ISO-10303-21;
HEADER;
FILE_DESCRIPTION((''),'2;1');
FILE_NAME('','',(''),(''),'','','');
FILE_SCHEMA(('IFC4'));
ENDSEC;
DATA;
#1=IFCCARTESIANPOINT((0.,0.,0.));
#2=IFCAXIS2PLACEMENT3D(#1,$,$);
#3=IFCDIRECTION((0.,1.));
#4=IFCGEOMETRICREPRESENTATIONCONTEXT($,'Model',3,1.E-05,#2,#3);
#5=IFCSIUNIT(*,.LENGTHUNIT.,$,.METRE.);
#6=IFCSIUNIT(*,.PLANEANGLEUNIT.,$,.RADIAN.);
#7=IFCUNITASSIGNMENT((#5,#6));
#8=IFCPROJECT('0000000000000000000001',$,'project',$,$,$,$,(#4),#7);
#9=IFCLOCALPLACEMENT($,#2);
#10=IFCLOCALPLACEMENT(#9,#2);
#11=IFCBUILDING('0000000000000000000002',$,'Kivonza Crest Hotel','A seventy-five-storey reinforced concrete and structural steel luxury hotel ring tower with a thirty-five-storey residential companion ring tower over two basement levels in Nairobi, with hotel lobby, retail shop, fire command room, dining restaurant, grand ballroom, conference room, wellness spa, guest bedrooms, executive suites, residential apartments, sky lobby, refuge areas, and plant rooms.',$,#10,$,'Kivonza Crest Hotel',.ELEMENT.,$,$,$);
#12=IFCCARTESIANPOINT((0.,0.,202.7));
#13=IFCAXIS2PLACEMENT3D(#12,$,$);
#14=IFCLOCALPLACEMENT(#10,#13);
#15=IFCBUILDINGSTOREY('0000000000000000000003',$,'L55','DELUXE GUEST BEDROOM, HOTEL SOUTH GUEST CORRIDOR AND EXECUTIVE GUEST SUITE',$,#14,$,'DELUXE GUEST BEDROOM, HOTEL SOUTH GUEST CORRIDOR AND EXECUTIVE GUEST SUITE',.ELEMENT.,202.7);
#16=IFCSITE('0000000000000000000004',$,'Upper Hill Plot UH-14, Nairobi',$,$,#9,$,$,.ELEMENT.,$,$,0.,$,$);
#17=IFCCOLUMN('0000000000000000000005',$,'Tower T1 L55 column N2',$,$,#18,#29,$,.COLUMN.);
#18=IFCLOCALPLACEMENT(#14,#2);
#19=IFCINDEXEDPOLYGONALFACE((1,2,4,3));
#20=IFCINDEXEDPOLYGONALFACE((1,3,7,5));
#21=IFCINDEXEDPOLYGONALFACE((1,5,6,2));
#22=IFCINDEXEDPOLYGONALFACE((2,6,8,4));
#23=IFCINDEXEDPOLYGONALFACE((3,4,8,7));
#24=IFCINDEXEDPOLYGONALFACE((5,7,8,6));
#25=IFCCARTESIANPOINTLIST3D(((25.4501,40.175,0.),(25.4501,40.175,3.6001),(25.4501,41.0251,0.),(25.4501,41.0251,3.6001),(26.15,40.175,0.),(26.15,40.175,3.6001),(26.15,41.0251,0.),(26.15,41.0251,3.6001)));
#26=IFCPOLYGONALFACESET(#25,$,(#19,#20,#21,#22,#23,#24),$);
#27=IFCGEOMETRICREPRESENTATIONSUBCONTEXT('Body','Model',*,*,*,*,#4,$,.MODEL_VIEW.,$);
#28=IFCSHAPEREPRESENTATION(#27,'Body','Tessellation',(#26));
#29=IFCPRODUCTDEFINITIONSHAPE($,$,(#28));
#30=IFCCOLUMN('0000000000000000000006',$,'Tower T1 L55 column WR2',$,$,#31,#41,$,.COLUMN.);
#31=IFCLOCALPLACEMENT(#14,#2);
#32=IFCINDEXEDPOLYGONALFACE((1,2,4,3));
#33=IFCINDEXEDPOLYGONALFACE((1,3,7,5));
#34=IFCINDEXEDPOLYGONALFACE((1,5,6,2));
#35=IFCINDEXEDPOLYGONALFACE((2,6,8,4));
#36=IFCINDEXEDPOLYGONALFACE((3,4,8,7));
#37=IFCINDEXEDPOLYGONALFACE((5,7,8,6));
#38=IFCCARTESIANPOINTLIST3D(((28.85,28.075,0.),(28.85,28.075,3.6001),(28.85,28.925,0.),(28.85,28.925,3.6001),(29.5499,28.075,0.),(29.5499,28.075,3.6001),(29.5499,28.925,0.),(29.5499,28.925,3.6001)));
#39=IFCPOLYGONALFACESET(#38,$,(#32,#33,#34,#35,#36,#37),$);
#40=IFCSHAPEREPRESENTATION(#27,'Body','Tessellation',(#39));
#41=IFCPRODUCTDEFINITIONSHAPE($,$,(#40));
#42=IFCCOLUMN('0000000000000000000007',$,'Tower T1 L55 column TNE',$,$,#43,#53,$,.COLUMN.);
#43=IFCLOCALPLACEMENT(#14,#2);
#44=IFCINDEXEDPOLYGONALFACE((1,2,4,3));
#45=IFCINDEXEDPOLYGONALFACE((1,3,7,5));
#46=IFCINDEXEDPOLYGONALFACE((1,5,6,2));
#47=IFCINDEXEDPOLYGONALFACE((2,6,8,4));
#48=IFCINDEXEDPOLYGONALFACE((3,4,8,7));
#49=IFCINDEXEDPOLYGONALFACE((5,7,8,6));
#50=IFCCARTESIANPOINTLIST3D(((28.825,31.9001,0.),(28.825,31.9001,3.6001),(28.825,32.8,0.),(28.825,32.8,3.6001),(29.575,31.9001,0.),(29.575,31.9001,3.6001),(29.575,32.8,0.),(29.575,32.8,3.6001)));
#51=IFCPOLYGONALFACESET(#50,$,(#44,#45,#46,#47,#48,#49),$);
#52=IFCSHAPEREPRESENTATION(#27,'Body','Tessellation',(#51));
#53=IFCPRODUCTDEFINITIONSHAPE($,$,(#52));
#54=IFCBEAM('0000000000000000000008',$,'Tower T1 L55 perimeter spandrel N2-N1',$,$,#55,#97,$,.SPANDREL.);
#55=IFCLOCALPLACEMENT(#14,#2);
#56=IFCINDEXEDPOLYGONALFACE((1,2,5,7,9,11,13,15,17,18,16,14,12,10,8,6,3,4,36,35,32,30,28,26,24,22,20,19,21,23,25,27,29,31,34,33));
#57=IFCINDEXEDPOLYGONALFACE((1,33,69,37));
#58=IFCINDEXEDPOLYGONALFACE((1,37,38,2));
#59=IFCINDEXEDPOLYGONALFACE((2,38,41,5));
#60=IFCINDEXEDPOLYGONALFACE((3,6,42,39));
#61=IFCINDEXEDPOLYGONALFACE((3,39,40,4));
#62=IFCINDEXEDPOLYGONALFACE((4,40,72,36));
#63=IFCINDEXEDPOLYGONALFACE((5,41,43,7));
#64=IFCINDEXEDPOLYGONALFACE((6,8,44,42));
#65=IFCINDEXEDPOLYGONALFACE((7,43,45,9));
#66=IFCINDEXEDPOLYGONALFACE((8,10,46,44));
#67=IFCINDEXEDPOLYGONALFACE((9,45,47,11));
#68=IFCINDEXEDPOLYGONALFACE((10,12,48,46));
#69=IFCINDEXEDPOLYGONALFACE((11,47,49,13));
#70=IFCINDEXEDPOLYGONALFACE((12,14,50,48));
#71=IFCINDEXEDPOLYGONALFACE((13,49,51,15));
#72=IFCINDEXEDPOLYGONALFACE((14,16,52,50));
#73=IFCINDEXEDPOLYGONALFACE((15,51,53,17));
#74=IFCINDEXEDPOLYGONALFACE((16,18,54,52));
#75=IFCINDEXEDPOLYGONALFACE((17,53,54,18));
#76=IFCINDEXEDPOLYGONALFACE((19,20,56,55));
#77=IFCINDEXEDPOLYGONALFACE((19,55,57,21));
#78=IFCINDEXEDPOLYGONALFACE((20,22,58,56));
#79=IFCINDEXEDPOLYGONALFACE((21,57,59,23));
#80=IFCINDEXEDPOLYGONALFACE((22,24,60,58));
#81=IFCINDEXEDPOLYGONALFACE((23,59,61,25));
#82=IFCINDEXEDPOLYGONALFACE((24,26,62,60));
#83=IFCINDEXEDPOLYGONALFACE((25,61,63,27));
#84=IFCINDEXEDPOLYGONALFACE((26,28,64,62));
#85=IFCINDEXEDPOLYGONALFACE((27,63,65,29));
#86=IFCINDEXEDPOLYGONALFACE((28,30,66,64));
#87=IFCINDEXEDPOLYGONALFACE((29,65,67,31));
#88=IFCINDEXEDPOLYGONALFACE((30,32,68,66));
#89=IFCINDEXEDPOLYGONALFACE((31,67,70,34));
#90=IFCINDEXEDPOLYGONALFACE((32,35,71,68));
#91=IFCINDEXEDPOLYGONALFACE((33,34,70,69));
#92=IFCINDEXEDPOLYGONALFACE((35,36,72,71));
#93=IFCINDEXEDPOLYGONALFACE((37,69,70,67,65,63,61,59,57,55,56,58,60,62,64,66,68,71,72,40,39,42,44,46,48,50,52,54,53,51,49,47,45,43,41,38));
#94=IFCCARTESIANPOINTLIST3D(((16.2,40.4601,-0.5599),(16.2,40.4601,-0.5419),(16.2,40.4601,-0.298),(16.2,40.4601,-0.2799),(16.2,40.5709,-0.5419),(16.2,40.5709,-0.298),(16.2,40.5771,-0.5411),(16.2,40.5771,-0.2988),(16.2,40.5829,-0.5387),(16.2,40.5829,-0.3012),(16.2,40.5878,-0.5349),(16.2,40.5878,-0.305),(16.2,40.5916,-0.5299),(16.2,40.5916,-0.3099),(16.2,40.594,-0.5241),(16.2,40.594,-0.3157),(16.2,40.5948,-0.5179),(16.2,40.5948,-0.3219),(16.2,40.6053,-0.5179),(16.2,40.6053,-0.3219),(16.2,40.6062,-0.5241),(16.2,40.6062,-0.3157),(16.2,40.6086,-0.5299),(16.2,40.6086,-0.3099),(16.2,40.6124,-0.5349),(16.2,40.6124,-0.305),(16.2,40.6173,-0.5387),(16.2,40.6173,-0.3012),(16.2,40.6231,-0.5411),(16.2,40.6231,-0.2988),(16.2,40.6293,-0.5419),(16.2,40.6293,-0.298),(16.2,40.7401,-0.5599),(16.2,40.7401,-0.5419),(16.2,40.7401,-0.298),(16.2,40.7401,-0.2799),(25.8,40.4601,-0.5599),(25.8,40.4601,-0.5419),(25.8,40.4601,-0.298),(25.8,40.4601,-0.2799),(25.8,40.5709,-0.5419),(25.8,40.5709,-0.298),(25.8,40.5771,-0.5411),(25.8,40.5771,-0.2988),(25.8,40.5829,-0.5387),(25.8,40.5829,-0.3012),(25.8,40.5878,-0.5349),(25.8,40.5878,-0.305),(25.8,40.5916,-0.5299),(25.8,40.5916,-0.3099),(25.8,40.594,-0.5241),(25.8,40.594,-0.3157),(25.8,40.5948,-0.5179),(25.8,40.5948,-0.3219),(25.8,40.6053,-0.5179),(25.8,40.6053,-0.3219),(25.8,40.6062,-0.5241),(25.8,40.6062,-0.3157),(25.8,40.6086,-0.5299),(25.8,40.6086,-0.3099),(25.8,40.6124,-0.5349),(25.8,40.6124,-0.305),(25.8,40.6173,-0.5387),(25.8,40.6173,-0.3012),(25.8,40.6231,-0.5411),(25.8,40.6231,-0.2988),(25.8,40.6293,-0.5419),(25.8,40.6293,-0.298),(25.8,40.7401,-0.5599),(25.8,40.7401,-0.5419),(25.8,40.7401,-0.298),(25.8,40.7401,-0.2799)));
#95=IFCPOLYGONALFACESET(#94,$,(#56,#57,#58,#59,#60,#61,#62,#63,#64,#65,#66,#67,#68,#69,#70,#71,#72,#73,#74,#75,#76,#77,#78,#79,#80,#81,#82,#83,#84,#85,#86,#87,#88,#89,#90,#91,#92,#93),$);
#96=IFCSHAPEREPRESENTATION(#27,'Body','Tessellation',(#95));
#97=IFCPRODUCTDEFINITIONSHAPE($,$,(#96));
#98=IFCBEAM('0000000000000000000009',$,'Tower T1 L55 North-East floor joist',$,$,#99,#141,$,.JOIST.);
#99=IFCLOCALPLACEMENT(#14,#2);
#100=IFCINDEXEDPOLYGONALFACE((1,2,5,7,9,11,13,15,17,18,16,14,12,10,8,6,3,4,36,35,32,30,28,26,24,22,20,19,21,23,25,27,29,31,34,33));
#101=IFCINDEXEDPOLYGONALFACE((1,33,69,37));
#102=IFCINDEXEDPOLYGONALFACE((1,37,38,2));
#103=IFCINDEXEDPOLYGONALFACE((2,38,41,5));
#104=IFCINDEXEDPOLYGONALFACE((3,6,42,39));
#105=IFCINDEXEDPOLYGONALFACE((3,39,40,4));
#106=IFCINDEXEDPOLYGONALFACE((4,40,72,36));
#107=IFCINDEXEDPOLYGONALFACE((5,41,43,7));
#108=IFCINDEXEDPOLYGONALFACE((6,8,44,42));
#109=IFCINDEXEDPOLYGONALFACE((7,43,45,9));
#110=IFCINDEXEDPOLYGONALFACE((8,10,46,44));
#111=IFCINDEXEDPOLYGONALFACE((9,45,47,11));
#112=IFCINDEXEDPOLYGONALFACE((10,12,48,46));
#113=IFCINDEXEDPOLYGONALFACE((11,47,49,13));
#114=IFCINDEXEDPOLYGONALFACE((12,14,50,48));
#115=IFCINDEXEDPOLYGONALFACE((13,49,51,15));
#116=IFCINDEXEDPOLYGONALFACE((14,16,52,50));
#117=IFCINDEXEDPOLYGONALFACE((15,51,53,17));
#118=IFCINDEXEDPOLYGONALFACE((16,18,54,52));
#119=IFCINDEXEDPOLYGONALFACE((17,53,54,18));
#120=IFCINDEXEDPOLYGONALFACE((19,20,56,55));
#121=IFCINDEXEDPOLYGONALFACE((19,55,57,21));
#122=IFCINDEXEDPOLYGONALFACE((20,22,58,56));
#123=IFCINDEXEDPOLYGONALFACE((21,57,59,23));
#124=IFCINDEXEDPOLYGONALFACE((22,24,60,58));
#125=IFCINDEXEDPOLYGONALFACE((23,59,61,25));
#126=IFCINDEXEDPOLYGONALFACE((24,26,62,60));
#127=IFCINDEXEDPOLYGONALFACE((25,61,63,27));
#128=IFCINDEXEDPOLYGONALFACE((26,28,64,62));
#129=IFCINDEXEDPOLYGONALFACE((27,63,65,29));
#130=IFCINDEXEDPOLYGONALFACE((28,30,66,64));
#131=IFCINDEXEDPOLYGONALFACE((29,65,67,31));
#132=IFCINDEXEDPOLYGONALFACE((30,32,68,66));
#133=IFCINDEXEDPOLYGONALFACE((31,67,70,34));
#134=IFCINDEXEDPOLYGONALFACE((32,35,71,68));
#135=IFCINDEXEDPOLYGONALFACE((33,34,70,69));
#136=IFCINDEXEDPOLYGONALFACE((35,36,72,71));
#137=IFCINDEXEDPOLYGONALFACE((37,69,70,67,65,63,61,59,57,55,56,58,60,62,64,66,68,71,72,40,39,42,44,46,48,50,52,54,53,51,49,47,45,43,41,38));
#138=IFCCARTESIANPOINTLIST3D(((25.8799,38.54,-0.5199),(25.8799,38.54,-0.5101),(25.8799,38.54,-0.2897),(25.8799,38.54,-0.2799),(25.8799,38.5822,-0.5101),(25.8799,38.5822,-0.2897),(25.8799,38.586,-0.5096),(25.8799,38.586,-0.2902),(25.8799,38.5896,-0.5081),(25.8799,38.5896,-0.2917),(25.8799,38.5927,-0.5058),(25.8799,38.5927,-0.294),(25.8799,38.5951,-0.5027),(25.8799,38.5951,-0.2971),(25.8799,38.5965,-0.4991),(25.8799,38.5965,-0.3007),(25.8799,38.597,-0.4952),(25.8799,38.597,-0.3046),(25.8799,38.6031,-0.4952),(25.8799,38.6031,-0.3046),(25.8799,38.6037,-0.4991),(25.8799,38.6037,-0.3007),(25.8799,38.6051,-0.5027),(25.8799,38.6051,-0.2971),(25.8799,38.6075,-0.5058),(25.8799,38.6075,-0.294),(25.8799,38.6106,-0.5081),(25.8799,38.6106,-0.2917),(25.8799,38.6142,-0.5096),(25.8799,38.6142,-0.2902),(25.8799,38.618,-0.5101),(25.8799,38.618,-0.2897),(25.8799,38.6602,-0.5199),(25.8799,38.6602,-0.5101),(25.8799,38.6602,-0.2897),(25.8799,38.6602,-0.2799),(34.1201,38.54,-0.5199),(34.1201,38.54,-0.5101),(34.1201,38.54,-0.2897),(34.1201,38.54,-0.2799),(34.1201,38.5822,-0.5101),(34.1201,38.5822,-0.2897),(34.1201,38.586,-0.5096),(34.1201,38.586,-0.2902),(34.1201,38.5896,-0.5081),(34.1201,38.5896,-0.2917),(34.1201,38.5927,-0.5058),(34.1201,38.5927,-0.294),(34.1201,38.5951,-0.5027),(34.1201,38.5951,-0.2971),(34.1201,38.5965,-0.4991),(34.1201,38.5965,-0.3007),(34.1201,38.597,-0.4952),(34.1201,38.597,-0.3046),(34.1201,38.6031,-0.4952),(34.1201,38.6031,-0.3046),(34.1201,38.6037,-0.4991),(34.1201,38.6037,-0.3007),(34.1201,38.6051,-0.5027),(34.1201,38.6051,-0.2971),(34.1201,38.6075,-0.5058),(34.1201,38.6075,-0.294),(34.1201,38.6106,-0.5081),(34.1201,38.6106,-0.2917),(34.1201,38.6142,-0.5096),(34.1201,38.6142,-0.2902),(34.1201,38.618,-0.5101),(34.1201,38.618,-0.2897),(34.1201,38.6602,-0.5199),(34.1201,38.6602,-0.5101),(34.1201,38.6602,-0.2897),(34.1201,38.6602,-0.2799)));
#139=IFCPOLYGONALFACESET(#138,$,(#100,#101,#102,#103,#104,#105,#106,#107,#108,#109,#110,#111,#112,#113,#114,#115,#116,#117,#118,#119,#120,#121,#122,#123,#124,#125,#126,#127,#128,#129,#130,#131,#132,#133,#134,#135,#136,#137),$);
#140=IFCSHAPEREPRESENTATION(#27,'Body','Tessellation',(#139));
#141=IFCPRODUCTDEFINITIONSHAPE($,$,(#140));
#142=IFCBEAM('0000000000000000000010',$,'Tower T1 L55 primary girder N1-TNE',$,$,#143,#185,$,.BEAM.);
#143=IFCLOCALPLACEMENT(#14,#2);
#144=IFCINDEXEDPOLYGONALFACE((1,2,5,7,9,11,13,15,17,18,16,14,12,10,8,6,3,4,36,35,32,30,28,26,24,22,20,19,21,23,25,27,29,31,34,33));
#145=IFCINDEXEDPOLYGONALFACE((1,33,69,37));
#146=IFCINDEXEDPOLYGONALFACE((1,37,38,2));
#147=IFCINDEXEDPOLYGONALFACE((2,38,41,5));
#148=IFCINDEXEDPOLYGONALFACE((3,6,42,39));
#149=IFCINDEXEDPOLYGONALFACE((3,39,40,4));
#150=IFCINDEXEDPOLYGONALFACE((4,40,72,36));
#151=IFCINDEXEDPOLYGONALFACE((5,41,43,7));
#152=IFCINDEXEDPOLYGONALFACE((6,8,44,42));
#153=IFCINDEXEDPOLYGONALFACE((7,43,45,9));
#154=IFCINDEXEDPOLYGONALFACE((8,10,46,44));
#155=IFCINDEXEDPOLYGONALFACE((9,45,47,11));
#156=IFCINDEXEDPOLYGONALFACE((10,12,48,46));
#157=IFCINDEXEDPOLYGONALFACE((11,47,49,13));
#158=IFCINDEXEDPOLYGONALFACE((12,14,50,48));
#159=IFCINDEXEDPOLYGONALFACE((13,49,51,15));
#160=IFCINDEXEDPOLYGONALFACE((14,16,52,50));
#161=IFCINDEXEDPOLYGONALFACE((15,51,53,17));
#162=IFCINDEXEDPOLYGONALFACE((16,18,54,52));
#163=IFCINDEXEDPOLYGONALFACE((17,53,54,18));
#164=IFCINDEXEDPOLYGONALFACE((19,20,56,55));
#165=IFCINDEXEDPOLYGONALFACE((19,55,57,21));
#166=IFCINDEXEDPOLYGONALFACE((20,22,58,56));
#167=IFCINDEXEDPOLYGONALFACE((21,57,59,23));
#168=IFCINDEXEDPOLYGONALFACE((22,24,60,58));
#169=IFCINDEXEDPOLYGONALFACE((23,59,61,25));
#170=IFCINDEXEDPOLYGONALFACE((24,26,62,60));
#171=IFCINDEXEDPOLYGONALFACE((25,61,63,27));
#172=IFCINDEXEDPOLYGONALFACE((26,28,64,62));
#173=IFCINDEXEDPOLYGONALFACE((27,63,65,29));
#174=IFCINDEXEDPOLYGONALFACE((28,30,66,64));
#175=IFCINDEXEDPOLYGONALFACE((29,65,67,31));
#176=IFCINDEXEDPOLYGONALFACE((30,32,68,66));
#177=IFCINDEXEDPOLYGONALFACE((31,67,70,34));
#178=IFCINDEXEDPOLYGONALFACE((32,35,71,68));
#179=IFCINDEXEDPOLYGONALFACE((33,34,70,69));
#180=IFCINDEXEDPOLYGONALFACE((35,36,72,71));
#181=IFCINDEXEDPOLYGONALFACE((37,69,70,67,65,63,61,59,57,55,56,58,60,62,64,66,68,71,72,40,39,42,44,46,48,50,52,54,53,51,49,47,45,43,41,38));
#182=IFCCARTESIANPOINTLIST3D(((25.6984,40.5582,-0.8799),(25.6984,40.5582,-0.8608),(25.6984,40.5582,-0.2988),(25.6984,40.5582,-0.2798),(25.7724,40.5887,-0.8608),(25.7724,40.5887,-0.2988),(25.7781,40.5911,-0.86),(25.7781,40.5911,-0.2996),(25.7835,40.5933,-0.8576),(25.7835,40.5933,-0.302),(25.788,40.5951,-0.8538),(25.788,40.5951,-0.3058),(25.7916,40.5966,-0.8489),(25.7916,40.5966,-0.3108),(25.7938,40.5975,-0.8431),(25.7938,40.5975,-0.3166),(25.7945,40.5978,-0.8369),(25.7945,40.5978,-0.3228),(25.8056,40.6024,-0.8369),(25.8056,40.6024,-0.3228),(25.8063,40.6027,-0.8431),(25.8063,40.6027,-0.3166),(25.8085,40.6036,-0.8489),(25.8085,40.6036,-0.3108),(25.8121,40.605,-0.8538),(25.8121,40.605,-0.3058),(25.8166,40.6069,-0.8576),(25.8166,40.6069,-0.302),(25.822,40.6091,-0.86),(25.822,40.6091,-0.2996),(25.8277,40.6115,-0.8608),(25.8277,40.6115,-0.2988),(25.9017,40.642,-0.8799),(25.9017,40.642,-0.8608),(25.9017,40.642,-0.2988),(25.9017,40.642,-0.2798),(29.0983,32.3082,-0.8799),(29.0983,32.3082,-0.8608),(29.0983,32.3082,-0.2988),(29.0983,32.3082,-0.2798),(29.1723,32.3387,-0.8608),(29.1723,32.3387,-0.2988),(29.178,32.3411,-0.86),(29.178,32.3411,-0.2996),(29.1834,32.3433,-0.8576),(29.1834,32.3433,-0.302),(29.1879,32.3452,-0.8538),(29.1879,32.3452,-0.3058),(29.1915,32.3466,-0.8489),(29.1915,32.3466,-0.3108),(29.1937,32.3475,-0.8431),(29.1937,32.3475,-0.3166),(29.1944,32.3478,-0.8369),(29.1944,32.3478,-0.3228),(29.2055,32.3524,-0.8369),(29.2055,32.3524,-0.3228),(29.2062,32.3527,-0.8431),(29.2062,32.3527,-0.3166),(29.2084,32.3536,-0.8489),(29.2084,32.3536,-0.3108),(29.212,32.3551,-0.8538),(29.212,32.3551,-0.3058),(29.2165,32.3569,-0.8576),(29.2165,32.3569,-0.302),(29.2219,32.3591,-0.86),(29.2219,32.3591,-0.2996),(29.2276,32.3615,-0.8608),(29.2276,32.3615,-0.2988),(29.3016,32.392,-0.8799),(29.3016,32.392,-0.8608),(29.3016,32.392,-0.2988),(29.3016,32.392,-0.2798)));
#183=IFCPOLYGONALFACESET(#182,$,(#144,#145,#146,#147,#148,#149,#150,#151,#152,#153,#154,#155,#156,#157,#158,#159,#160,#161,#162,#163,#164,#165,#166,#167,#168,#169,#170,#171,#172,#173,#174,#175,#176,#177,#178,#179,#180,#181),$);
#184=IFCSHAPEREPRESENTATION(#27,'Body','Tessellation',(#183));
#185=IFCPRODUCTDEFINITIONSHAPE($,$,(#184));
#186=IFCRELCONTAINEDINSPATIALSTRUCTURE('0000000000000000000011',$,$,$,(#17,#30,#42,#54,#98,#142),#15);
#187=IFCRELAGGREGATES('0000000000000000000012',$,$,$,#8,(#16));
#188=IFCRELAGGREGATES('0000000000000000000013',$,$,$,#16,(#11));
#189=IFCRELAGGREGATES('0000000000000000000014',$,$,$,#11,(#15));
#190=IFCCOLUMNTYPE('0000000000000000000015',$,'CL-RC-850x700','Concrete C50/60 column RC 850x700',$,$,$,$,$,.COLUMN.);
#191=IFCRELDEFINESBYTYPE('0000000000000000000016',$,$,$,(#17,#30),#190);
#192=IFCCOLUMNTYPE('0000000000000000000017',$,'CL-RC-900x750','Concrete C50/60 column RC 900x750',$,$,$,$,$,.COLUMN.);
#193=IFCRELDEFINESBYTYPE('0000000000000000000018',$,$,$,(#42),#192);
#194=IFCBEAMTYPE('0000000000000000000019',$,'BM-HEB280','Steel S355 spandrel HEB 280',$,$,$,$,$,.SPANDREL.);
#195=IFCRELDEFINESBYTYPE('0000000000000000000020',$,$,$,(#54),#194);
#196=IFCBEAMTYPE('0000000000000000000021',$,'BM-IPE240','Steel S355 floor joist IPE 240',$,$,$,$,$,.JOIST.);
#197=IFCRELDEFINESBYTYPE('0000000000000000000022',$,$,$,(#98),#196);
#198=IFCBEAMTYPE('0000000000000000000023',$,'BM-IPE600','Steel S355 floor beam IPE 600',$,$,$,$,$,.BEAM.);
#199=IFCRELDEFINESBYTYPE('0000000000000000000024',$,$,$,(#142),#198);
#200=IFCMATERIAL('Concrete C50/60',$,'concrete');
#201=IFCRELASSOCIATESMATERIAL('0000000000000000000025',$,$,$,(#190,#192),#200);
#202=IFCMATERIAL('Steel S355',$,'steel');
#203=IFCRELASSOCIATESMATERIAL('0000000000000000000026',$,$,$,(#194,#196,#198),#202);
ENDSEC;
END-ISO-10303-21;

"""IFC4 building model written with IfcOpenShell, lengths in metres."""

from ifc_helpers import new_model, si_unit, direction, frame, origin, origin_2d, place, context, subcontext, project, spatial, rectangle, i_section, extrude, material, material_profile, profile_set, type_object, element, save


model = new_model("IFC4")

# Units and contexts
model_context = context("Model", 3, precision=1e-05, world=origin(), true_north=direction((0.0, 1.0)))
body_context = subcontext(model_context, "Body", "Model", "MODEL_VIEW")
ifc_project = project(units=[si_unit("LENGTHUNIT", "METRE"), si_unit("PLANEANGLEUNIT", "RADIAN")], contexts=[model_context])

# Site, building, storey
site_placement = place(None, origin())
site = spatial("IfcSite", under=ifc_project, at=site_placement, Name="Upper Hill Plot UH-14, Nairobi", CompositionType="ELEMENT", RefElevation=0.0)
building_placement = place(site_placement, origin())
building = spatial("IfcBuilding", under=site, at=building_placement, Name="Kivonza Crest Hotel", Description="A seventy-five-storey reinforced concrete and structural steel luxury hotel ring tower with a thirty-five-storey residential companion ring tower over two basement levels in Nairobi, with hotel lobby, retail shop, fire command room, dining restaurant, grand ballroom, conference room, wellness spa, guest bedrooms, executive suites, residential apartments, sky lobby, refuge areas, and plant rooms.", LongName="Kivonza Crest Hotel", CompositionType="ELEMENT")
storey_placement = place(building_placement, frame((0.0, 0.0, 202.7)))
storey = spatial("IfcBuildingStorey", under=building, at=storey_placement, Name="L55", Description="DELUXE GUEST BEDROOM, HOTEL SOUTH GUEST CORRIDOR AND EXECUTIVE GUEST SUITE", LongName="DELUXE GUEST BEDROOM, HOTEL SOUTH GUEST CORRIDOR AND EXECUTIVE GUEST SUITE", CompositionType="ELEMENT", Elevation=202.7)

# Columns
ifc_material_1 = material(Name="Concrete C50/60", Category="concrete")
ifc_material_profile_1 = material_profile(ifc_material_1, rectangle(XDim=0.7, YDim=0.8501, at=origin_2d()), Name="RC 850x700")
ifc_profile_set_1 = profile_set([ifc_material_profile_1], Name="Concrete C50/60")
column_type_1 = type_object("IfcColumnType", Name="CL-RC-850x700", Description="Concrete C50/60 column RC 850x700", PredefinedType="COLUMN", material=ifc_profile_set_1)
for number, where, z_axis, x_axis, name in (
    (1, (25.8, 40.6001, 0.0), (0.0, 0.0, 1.0), (1.0, 0.0, 0.0), "Tower T1 L55 column N2"),
    (2, (29.2, 28.5, 0.0), (0.0, 0.0, 1.0), (1.0, 0.0, 0.0), "Tower T1 L55 column WR2"),
):
    element("IfcColumn", number, at=place(storey_placement, frame(where, z_axis=z_axis, x_axis=x_axis)), inside=storey, type_object=column_type_1, Name=name, PredefinedType="COLUMN", context=body_context, shape_type="SweptSolid", body=[
        extrude(rectangle(XDim=0.7, YDim=0.8501, at=origin_2d()), origin(), (0.0, 0.0, 1.0), 3.6001),
    ])
ifc_material_profile_2 = material_profile(ifc_material_1, rectangle(XDim=0.75, YDim=0.8999, at=origin_2d()), Name="RC 900x750")
ifc_profile_set_2 = profile_set([ifc_material_profile_2], Name="Concrete C50/60")
column_type_2 = type_object("IfcColumnType", Name="CL-RC-900x750", Description="Concrete C50/60 column RC 900x750", PredefinedType="COLUMN", material=ifc_profile_set_2)
column_placement = place(storey_placement, frame((29.2, 32.3501, 0.0), z_axis=(0.0, 0.0, 1.0), x_axis=(1.0, 0.0, 0.0)))
element("IfcColumn", 3, at=column_placement, inside=storey, type_object=column_type_2, Name="Tower T1 L55 column TNE", PredefinedType="COLUMN", context=body_context, shape_type="SweptSolid", body=[
    extrude(rectangle(XDim=0.75, YDim=0.8999, at=origin_2d()), origin(), (0.0, 0.0, 1.0), 3.6001),
])

# Beams
ifc_material_2 = material(Name="Steel S355", Category="steel")
ifc_material_profile_3 = material_profile(ifc_material_2, i_section(OverallWidth=0.28, OverallDepth=0.28, WebThickness=0.0105, FlangeThickness=0.0181, FilletRadius=0.0239, at=origin_2d()), Name="HEB 280")
ifc_profile_set_3 = profile_set([ifc_material_profile_3], Name="Steel S355")
beam_type_1 = type_object("IfcBeamType", Name="BM-HEB280", Description="Steel S355 spandrel HEB 280", PredefinedType="SPANDREL", material=ifc_profile_set_3)
beam_1_placement = place(storey_placement, frame((25.8, 40.6001, -0.4199), z_axis=(-1.0, 0.0, 0.0), x_axis=(0.0, -1.0, 0.0)))
element("IfcBeam", 4, at=beam_1_placement, inside=storey, type_object=beam_type_1, Name="Tower T1 L55 perimeter spandrel N2-N1", PredefinedType="SPANDREL", context=body_context, shape_type="SweptSolid", body=[
    extrude(i_section(OverallWidth=0.28, OverallDepth=0.28, WebThickness=0.0105, FlangeThickness=0.0181, FilletRadius=0.0239, at=origin_2d()), origin(), (0.0, 0.0, 1.0), 9.6001),
])
ifc_material_profile_4 = material_profile(ifc_material_2, i_section(OverallWidth=0.1201, OverallDepth=0.24, WebThickness=0.0061, FlangeThickness=0.0098, FilletRadius=0.0149, at=origin_2d()), Name="IPE 240")
ifc_profile_set_4 = profile_set([ifc_material_profile_4], Name="Steel S355")
beam_type_2 = type_object("IfcBeamType", Name="BM-IPE240", Description="Steel S355 floor joist IPE 240", PredefinedType="JOIST", material=ifc_profile_set_4)
beam_2_placement = place(storey_placement, frame((25.8799, 38.6001, -0.3999), z_axis=(1.0, 0.0, 0.0), x_axis=(0.0, 1.0, 0.0)))
element("IfcBeam", 5, at=beam_2_placement, inside=storey, type_object=beam_type_2, Name="Tower T1 L55 North-East floor joist", PredefinedType="JOIST", context=body_context, shape_type="SweptSolid", body=[
    extrude(i_section(OverallWidth=0.1201, OverallDepth=0.24, WebThickness=0.0061, FlangeThickness=0.0098, FilletRadius=0.0149, at=origin_2d()), origin(), (0.0, 0.0, 1.0), 8.2402),
])
ifc_material_profile_5 = material_profile(ifc_material_2, i_section(OverallWidth=0.22, OverallDepth=0.6001, WebThickness=0.012, FlangeThickness=0.019, FilletRadius=0.0239, at=origin_2d()), Name="IPE 600")
ifc_profile_set_5 = profile_set([ifc_material_profile_5], Name="Steel S355")
beam_type_3 = type_object("IfcBeamType", Name="BM-IPE600", Description="Steel S355 floor beam IPE 600", PredefinedType="BEAM", material=ifc_profile_set_5)
beam_3_placement = place(storey_placement, frame((25.8, 40.6001, -0.5798), z_axis=(0.381022, -0.924566, 0.0), x_axis=(0.924566, 0.381022, 0.0)))
element("IfcBeam", 6, at=beam_3_placement, inside=storey, type_object=beam_type_3, Name="Tower T1 L55 primary girder N1-TNE", PredefinedType="BEAM", context=body_context, shape_type="SweptSolid", body=[
    extrude(i_section(OverallWidth=0.22, OverallDepth=0.6001, WebThickness=0.012, FlangeThickness=0.019, FilletRadius=0.0239, at=origin_2d()), origin(), (0.0, 0.0, 1.0), 8.9231),
])

save(model, "model.ifc")
